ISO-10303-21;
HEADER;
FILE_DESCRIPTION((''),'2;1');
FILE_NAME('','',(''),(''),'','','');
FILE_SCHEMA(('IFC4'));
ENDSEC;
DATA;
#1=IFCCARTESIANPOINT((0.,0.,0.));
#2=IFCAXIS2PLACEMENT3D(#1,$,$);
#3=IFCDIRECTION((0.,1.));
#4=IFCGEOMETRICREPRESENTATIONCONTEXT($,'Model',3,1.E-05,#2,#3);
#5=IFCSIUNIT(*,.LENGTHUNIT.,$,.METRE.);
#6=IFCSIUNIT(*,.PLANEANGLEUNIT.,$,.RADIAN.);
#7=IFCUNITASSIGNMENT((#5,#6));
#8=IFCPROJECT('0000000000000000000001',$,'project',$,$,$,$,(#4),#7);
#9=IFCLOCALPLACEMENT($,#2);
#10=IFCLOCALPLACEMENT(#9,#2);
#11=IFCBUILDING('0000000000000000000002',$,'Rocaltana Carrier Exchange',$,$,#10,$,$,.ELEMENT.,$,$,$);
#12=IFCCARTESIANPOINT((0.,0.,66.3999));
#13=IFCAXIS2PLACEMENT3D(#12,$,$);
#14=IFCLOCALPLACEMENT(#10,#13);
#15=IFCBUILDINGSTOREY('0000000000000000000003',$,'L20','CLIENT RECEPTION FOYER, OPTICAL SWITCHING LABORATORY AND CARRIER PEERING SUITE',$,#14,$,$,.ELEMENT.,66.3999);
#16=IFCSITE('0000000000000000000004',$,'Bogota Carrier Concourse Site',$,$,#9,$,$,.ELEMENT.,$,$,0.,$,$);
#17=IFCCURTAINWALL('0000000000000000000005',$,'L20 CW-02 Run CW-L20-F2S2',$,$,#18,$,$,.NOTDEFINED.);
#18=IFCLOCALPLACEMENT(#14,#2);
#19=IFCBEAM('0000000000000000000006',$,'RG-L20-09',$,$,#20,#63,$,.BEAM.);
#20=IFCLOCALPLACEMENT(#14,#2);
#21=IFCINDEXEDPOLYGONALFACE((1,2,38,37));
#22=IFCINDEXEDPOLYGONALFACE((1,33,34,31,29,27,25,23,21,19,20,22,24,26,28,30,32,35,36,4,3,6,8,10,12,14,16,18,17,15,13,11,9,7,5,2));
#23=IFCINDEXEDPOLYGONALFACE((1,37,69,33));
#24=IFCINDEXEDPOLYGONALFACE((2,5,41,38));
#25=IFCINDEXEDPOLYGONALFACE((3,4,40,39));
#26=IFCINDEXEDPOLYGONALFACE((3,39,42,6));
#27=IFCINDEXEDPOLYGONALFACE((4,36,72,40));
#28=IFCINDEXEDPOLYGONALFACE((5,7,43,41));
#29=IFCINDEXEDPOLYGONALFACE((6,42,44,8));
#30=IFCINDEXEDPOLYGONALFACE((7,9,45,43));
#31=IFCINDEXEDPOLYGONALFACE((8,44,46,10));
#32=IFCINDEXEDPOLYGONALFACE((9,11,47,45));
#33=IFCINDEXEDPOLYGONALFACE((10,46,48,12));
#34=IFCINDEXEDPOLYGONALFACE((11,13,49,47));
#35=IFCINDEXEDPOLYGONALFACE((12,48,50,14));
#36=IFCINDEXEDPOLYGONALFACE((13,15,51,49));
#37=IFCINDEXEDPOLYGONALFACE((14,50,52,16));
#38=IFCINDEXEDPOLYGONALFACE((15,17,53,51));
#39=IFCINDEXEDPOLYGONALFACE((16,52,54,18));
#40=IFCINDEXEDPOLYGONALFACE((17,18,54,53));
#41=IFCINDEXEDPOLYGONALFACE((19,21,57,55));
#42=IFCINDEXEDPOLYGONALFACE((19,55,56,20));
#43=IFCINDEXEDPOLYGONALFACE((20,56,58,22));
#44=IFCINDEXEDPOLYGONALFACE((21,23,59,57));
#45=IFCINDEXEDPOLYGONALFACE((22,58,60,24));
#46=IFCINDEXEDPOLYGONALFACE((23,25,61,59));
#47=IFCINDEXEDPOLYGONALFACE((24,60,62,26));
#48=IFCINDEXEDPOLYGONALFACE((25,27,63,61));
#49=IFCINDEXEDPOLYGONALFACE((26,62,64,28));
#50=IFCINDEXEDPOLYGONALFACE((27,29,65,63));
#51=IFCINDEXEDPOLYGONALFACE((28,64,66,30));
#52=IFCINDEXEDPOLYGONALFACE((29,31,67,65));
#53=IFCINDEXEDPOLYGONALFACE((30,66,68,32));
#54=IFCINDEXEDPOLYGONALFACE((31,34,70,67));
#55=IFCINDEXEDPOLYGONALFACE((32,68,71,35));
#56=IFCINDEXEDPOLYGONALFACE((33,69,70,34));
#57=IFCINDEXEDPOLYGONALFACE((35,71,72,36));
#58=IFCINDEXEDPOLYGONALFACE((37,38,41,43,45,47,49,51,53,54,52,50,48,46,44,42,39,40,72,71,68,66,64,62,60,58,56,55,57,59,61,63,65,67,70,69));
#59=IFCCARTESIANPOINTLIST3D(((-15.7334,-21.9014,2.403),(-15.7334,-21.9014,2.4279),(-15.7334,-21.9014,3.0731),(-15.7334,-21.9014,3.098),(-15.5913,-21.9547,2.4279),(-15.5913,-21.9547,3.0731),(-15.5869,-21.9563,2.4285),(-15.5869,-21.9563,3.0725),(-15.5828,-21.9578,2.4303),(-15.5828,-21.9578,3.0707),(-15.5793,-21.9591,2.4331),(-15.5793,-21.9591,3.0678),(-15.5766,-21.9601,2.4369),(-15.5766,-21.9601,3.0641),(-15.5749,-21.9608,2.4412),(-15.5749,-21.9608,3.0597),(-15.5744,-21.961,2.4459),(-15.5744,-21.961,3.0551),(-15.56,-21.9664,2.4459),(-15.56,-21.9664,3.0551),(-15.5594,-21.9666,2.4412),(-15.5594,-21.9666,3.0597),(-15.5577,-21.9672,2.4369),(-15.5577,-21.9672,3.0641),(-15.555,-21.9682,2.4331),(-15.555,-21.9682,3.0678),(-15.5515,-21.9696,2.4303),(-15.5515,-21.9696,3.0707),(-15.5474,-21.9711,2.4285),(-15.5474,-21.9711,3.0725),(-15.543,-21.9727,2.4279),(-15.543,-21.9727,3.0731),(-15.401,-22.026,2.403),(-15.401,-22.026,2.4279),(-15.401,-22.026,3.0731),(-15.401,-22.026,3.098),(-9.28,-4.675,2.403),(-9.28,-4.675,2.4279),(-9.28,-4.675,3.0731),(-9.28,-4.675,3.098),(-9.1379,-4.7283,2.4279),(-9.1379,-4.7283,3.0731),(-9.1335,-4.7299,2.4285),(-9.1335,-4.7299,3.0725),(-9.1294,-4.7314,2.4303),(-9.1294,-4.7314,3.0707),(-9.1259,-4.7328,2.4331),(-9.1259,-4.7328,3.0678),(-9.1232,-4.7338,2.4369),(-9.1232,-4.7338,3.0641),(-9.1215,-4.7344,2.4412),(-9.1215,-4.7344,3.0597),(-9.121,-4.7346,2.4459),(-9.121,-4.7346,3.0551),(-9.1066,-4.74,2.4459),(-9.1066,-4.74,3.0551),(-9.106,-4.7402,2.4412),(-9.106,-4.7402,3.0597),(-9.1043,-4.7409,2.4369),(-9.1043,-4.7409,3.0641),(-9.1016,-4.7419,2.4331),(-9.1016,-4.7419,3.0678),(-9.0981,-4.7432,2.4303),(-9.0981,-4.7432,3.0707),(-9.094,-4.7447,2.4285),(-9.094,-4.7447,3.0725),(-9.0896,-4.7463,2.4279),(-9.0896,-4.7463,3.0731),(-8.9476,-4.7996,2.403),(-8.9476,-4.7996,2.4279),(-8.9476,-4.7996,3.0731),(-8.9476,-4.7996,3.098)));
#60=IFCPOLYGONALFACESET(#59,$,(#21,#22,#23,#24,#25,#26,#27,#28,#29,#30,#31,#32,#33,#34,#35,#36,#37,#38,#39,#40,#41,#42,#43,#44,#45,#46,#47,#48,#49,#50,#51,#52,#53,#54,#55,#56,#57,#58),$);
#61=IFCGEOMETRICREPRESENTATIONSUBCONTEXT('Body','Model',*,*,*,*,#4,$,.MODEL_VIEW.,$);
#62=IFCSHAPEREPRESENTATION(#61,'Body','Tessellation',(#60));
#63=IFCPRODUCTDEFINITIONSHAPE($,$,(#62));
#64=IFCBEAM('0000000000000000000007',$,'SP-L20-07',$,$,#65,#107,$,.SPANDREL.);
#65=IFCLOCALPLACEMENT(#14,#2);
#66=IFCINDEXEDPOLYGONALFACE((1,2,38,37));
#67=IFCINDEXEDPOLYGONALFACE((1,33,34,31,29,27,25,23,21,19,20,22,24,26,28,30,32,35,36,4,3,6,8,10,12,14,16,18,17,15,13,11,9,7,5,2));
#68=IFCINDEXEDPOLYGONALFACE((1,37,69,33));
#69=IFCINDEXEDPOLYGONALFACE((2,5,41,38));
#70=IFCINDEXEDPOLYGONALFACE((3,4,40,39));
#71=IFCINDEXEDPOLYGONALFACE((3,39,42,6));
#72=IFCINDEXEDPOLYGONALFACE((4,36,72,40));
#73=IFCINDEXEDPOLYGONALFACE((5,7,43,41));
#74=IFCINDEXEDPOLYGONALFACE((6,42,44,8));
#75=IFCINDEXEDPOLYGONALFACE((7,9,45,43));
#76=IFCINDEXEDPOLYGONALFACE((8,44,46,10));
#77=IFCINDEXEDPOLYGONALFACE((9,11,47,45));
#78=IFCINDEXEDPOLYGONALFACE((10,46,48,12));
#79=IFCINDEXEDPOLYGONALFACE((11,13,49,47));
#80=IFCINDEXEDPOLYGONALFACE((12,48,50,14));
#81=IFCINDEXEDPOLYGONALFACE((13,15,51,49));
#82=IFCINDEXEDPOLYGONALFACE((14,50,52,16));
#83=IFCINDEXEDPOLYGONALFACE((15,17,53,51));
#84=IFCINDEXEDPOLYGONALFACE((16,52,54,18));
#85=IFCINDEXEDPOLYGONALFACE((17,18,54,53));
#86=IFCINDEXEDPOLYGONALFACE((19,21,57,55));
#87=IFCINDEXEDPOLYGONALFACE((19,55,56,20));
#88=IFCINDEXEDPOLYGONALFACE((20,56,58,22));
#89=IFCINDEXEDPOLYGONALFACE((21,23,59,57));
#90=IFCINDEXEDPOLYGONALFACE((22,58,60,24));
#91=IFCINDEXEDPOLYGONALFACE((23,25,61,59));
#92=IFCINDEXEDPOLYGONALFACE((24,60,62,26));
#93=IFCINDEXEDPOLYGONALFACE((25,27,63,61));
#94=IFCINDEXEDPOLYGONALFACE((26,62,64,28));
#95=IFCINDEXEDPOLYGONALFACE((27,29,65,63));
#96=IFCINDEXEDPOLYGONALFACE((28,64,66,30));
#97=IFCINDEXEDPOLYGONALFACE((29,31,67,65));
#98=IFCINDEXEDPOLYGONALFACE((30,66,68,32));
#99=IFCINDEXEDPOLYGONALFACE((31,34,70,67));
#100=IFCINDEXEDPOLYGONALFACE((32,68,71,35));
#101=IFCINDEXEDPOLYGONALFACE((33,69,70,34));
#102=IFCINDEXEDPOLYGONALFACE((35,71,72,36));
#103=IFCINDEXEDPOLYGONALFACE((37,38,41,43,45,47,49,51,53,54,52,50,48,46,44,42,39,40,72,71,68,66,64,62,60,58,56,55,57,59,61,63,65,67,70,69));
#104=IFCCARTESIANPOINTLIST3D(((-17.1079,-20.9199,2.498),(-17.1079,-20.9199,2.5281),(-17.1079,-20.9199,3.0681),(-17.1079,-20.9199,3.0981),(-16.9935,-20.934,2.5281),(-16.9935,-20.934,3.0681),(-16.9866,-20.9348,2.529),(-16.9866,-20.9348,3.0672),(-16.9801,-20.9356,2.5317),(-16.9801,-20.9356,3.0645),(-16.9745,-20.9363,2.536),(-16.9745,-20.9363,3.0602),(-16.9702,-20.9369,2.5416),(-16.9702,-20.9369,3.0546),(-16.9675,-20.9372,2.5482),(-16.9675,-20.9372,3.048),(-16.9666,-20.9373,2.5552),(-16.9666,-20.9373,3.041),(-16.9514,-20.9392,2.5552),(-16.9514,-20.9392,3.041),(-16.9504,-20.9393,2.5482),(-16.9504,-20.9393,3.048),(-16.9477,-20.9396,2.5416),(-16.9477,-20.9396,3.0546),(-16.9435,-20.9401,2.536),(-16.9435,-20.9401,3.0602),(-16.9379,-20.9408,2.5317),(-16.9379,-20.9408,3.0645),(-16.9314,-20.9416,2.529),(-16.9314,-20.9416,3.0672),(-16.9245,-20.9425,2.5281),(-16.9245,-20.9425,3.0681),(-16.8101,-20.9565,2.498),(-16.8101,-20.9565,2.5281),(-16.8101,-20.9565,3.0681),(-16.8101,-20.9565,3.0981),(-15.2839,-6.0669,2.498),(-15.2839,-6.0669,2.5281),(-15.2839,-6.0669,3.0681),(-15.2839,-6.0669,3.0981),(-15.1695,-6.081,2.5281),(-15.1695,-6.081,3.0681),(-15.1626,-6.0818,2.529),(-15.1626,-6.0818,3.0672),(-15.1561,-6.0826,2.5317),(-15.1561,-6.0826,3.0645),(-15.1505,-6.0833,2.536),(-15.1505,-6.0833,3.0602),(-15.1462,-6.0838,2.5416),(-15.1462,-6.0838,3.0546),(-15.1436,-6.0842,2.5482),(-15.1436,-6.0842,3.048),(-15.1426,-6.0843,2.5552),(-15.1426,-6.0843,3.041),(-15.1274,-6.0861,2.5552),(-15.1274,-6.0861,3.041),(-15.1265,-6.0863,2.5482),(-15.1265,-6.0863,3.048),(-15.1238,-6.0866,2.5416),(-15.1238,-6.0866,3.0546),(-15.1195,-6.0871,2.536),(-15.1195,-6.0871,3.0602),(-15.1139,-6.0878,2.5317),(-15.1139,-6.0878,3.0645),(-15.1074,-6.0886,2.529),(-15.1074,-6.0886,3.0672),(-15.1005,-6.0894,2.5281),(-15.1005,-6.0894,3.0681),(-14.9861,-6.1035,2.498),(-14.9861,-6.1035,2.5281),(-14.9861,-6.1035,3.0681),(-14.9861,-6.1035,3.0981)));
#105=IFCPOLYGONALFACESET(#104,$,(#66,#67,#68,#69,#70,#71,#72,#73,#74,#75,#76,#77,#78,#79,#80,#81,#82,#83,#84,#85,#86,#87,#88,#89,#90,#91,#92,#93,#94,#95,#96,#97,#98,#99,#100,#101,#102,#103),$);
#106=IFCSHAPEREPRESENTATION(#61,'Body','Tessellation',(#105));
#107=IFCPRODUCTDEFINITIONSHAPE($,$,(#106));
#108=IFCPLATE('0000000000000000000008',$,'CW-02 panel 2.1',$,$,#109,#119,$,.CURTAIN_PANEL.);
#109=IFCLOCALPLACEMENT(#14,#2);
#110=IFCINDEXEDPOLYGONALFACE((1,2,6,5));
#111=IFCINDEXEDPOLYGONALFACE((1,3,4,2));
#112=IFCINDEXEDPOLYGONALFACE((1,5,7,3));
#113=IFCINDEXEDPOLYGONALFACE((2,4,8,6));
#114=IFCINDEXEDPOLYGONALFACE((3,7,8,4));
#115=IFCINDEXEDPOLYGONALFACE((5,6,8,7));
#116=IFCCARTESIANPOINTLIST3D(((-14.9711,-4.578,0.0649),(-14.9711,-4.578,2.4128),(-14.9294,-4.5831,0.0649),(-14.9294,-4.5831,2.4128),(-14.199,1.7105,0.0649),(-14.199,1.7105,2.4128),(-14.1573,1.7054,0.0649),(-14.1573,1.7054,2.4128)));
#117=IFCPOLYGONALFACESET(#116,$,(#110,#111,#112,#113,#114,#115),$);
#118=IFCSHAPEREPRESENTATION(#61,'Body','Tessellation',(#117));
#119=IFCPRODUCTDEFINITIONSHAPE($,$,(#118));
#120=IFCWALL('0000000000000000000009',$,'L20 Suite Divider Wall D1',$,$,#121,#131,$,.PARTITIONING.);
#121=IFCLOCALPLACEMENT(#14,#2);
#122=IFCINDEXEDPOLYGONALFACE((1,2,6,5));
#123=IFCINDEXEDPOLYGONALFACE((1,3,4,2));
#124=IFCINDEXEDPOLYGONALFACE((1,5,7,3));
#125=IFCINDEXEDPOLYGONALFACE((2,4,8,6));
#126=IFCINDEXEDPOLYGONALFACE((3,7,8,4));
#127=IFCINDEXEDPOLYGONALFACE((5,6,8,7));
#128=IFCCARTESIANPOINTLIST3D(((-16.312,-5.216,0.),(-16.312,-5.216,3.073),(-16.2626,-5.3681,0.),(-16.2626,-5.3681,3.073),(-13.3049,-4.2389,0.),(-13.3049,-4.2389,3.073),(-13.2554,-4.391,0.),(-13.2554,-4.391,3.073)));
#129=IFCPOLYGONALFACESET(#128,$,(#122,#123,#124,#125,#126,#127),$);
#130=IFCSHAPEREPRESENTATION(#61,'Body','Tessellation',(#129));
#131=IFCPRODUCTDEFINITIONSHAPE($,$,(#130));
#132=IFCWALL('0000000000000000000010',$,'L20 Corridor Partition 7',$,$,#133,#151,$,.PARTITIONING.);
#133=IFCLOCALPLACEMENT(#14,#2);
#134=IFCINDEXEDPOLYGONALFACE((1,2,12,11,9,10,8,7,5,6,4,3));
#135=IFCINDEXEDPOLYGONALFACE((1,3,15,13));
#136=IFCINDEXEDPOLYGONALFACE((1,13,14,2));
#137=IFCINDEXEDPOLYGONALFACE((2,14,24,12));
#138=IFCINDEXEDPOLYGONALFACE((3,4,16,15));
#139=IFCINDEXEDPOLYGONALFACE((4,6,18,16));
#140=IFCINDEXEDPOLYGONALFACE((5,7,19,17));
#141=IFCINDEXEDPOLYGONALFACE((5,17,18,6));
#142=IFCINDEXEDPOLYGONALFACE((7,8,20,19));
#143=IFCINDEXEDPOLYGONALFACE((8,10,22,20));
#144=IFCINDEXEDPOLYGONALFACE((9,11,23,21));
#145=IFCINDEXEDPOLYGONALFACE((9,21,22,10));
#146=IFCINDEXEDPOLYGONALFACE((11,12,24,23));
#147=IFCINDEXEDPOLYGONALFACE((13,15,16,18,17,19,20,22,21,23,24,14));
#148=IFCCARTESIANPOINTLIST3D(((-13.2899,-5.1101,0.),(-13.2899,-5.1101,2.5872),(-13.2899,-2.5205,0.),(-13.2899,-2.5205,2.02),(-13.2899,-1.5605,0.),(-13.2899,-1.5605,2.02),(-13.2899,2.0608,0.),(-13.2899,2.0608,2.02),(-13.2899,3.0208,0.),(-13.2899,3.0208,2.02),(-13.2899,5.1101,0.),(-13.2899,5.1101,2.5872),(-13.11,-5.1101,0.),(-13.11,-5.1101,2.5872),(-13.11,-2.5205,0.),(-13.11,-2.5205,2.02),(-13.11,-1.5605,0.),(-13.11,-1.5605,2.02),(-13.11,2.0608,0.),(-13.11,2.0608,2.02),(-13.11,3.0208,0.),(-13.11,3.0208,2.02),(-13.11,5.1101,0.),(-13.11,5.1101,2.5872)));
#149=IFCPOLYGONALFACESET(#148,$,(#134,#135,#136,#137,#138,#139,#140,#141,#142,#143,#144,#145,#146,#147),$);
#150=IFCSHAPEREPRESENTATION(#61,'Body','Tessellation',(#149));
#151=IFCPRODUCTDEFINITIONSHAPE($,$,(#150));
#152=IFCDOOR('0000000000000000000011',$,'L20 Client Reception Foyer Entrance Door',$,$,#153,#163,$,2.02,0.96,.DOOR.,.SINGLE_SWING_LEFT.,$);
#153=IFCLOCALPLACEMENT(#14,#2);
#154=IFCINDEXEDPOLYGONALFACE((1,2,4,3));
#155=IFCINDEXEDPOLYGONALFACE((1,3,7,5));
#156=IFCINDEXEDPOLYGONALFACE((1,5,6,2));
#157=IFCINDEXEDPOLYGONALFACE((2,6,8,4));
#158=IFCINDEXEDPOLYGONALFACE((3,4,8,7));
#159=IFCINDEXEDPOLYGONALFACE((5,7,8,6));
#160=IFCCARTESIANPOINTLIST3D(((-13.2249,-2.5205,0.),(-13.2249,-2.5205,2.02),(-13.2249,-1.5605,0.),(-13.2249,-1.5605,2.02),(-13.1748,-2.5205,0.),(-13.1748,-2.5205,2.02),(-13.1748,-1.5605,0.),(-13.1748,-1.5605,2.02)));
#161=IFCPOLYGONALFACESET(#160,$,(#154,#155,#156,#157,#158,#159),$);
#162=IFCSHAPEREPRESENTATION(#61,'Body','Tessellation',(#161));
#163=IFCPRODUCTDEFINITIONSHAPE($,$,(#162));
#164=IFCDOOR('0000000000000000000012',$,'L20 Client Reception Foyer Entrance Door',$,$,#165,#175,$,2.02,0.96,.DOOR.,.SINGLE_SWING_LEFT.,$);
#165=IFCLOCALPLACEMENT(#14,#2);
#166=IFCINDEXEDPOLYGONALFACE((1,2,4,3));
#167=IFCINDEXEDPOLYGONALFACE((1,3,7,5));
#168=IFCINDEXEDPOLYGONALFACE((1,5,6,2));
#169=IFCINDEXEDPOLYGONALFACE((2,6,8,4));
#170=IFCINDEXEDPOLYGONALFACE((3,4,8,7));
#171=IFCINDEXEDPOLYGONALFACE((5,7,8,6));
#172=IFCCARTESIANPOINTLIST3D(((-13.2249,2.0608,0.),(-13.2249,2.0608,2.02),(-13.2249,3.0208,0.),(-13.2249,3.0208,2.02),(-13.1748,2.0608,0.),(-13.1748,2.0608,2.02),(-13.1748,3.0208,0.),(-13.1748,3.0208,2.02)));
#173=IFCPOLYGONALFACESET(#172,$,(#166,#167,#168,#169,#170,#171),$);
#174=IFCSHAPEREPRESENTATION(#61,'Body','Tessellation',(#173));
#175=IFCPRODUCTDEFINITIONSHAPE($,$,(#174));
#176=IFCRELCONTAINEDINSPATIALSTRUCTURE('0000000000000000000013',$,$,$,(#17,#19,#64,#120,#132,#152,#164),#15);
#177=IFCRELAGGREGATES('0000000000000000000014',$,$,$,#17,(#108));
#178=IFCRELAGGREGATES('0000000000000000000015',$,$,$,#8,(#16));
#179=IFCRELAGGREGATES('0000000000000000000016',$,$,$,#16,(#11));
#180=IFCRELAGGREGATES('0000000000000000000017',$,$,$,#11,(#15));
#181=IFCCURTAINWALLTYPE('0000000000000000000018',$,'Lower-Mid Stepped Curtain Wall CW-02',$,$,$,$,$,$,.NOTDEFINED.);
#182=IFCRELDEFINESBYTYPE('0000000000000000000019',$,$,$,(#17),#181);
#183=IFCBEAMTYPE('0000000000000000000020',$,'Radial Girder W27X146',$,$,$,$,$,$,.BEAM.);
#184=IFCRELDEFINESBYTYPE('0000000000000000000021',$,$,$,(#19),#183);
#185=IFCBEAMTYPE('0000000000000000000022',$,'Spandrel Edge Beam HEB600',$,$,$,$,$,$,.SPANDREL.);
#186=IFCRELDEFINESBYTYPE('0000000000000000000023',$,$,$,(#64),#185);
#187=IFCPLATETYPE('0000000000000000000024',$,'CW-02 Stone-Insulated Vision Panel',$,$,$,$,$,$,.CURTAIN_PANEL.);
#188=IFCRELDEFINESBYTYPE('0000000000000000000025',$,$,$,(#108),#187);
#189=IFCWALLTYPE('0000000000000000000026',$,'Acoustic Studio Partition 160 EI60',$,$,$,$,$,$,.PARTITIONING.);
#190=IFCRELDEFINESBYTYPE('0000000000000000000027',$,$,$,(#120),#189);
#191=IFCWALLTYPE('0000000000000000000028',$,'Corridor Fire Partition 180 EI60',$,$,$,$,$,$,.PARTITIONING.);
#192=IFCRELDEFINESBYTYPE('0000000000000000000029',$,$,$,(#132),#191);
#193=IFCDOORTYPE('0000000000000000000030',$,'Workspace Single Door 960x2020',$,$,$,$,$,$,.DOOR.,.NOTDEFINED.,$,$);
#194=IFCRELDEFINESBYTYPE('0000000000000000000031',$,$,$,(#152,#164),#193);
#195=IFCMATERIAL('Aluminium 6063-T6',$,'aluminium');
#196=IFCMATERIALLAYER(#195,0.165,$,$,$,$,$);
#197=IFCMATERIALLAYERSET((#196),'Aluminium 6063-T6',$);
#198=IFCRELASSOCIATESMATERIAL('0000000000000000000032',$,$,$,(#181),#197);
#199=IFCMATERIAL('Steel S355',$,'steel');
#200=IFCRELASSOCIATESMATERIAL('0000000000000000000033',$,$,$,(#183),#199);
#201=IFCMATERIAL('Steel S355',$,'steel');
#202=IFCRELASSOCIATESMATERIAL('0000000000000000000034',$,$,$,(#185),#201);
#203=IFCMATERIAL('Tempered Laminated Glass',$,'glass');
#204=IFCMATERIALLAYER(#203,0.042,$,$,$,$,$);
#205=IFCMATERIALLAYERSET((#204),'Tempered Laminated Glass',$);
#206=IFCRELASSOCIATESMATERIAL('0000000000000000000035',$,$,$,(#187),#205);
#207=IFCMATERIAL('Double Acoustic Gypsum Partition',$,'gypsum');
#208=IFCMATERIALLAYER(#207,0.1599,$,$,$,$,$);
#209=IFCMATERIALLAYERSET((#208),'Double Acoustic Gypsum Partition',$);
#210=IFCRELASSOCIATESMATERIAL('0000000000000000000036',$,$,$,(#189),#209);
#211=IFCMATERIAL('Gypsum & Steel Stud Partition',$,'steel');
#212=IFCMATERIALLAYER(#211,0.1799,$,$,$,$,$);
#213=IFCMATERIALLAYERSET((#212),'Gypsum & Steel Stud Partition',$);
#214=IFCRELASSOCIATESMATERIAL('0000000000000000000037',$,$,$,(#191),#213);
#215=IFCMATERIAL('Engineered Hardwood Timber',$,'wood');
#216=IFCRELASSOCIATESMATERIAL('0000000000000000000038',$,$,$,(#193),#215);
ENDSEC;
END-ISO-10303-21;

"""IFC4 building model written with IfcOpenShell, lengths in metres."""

from ifc_helpers import new_model, si_unit, direction, frame, frame_2d, origin, origin_2d, place, context, subcontext, project, spatial, rectangle, i_section, extrude, material, layer, layer_set, material_profile, profile_set, type_object, element, fill, aggregate, save


model = new_model("IFC4")

# Units and contexts
model_context = context("Model", 3, precision=1e-05, world=origin(), true_north=direction((0.0, 1.0)))
body_context = subcontext(model_context, "Body", "Model", "MODEL_VIEW")
ifc_project = project(units=[si_unit("LENGTHUNIT", "METRE"), si_unit("PLANEANGLEUNIT", "RADIAN")], contexts=[model_context])

# Site, building, storey
site_placement = place(None, origin())
site = spatial("IfcSite", under=ifc_project, at=site_placement, Name="Bogota Carrier Concourse Site", CompositionType="ELEMENT", RefElevation=0.0)
building_placement = place(site_placement, origin())
building = spatial("IfcBuilding", under=site, at=building_placement, Name="Rocaltana Carrier Exchange", CompositionType="ELEMENT")
storey_placement = place(building_placement, frame((0.0, 0.0, 66.3999)))
storey = spatial("IfcBuildingStorey", under=building, at=storey_placement, Name="L20", Description="CLIENT RECEPTION FOYER, OPTICAL SWITCHING LABORATORY AND CARRIER PEERING SUITE", CompositionType="ELEMENT", Elevation=66.3999)

# Curtain wall
ifc_material_1 = material(Name="Aluminium 6063-T6", Category="aluminium")
ifc_layer_1 = layer(ifc_material_1, 0.165)
ifc_layer_set_1 = layer_set([ifc_layer_1], Name="Aluminium 6063-T6")
curtain_wall_type = type_object("IfcCurtainWallType", Name="Lower-Mid Stepped Curtain Wall CW-02", PredefinedType="NOTDEFINED", material=ifc_layer_set_1)
curtain_wall_1_placement = place(storey_placement, origin())
curtain_wall_1 = element("IfcCurtainWall", 1, at=curtain_wall_1_placement, inside=storey, type_object=curtain_wall_type, Name="L20 CW-02 Run CW-L20-F2S2", PredefinedType="NOTDEFINED")

# Beams
ifc_material_2 = material(Name="Steel S355", Category="steel")
ifc_material_profile_1 = material_profile(ifc_material_2, i_section(OverallWidth=0.355, OverallDepth=0.6951, WebThickness=0.0154, FlangeThickness=0.0249, FilletRadius=0.0181, at=origin_2d()), Name="W27X146")
ifc_profile_set_1 = profile_set([ifc_material_profile_1], Name="Steel S355")
beam_type_1 = type_object("IfcBeamType", Name="Radial Girder W27X146", PredefinedType="BEAM", material=ifc_profile_set_1)
beam_1_placement = place(storey_placement, frame((-9.1138, -4.7373, 2.7505), z_axis=(-0.350814, -0.936445, 0.0), x_axis=(0.936445, -0.350814, 0.0)))
element("IfcBeam", 2, at=beam_1_placement, inside=storey, type_object=beam_type_1, Name="RG-L20-09", PredefinedType="BEAM", context=body_context, shape_type="SweptSolid", body=[
    extrude(i_section(OverallWidth=0.355, OverallDepth=0.6951, WebThickness=0.0154, FlangeThickness=0.0249, FilletRadius=0.0181, at=origin_2d()), origin(), (0.0, 0.0, 1.0), 18.3955),
])
ifc_material_3 = material(Name="Steel S355", Category="steel")
ifc_material_profile_2 = material_profile(ifc_material_3, i_section(OverallWidth=0.3, OverallDepth=0.6001, WebThickness=0.0154, FlangeThickness=0.03, FilletRadius=0.0271, at=origin_2d()), Name="HEB600")
ifc_profile_set_2 = profile_set([ifc_material_profile_2], Name="Steel S355")
beam_type_2 = type_object("IfcBeamType", Name="Spandrel Edge Beam HEB600", PredefinedType="SPANDREL", material=ifc_profile_set_2)
beam_2_placement = place(storey_placement, frame((-15.135, -6.0852, 2.7981), z_axis=(-0.121886, -0.992544, 0.0), x_axis=(0.992544, -0.121886, 0.0)))
element("IfcBeam", 3, at=beam_2_placement, inside=storey, type_object=beam_type_2, Name="SP-L20-07", PredefinedType="SPANDREL", context=body_context, shape_type="SweptSolid", body=[
    extrude(i_section(OverallWidth=0.3, OverallDepth=0.6001, WebThickness=0.0154, FlangeThickness=0.03, FilletRadius=0.0271, at=origin_2d()), origin(), (0.0, 0.0, 1.0), 14.9646),
])

# Plate
ifc_material_4 = material(Name="Tempered Laminated Glass", Category="glass")
ifc_layer_2 = layer(ifc_material_4, 0.042)
ifc_layer_set_2 = layer_set([ifc_layer_2], Name="Tempered Laminated Glass")
plate_type = type_object("IfcPlateType", Name="CW-02 Stone-Insulated Vision Panel", PredefinedType="CURTAIN_PANEL", material=ifc_layer_set_2)
plate_placement = place(storey_placement, frame((-14.5642, -1.4363, 0.0649), z_axis=(0.0, 0.0, 1.0), x_axis=(-0.121874, -0.992546, 0.0)))
plate = element("IfcPlate", 4, at=plate_placement, type_object=plate_type, Name="CW-02 panel 2.1", PredefinedType="CURTAIN_PANEL", context=body_context, shape_type="SweptSolid", body=[
    extrude(rectangle(XDim=6.3357, YDim=0.042, at=origin_2d()), origin(), (0.0, 0.0, 1.0), 2.3479),
])
aggregate(curtain_wall_1, [plate])

# Wall
ifc_material_5 = material(Name="Double Acoustic Gypsum Partition", Category="gypsum")
ifc_layer_3 = layer(ifc_material_5, 0.1599)
ifc_layer_set_3 = layer_set([ifc_layer_3], Name="Double Acoustic Gypsum Partition")
wall_type_1 = type_object("IfcWallType", Name="Acoustic Studio Partition 160 EI60", PredefinedType="PARTITIONING", material=ifc_layer_set_3)
wall_1_placement = place(storey_placement, frame((-13.28, -4.3149, 0.0), z_axis=(0.0, 0.0, 1.0), x_axis=(-0.951057, -0.309014, 0.0)))
element("IfcWall", 5, at=wall_1_placement, inside=storey, type_object=wall_type_1, Name="L20 Suite Divider Wall D1", PredefinedType="PARTITIONING", context=body_context, shape_type="SweptSolid", body=[
    extrude(rectangle(XDim=3.1619, YDim=0.1599, at=frame_2d((1.5811, 0.0))), origin(), (0.0, 0.0, 1.0), 3.073),
])

# Wall, openings, doors
ifc_material_6 = material(Name="Gypsum & Steel Stud Partition", Category="steel")
ifc_layer_4 = layer(ifc_material_6, 0.1799)
ifc_layer_set_4 = layer_set([ifc_layer_4], Name="Gypsum & Steel Stud Partition")
wall_type_2 = type_object("IfcWallType", Name="Corridor Fire Partition 180 EI60", PredefinedType="PARTITIONING", material=ifc_layer_set_4)
wall_2_placement = place(storey_placement, frame((-13.2, -5.1101, 0.0), z_axis=(0.0, 0.0, 1.0), x_axis=(0.0, 1.0, 0.0)))
wall_2 = element("IfcWall", 6, at=wall_2_placement, inside=storey, type_object=wall_type_2, Name="L20 Corridor Partition 7", PredefinedType="PARTITIONING", context=body_context, shape_type="SweptSolid", body=[
    extrude(rectangle(XDim=10.2202, YDim=0.1799, at=frame_2d((5.1101, 0.0))), origin(), (0.0, 0.0, 1.0), 2.5872),
])
opening_1_placement = place(wall_2_placement, frame((2.5896, 0.0, 0.0)))
opening_1 = element("IfcOpeningElement", 7, at=opening_1_placement, cuts=wall_2, PredefinedType="OPENING", context=body_context, shape_type="SweptSolid", body=[
    extrude(rectangle(XDim=0.96, YDim=2.02, at=frame_2d((0.48, 1.01))), frame((0.0, 0.0999, 0.0), z_axis=(0.0, -1.0, 0.0), x_axis=(1.0, 0.0, 0.0)), (0.0, 0.0, 1.0), 0.2),
])
opening_2_placement = place(wall_2_placement, frame((7.1709, 0.0, 0.0)))
opening_2 = element("IfcOpeningElement", 8, at=opening_2_placement, cuts=wall_2, PredefinedType="OPENING", context=body_context, shape_type="SweptSolid", body=[
    extrude(rectangle(XDim=0.96, YDim=2.02, at=frame_2d((0.48, 1.01))), frame((0.0, 0.0999, 0.0), z_axis=(0.0, -1.0, 0.0), x_axis=(1.0, 0.0, 0.0)), (0.0, 0.0, 1.0), 0.2),
])
ifc_material_7 = material(Name="Engineered Hardwood Timber", Category="wood")
door_type = type_object("IfcDoorType", Name="Workspace Single Door 960x2020", OperationType="NOTDEFINED", PredefinedType="DOOR", material=ifc_material_7)
door_1_placement = place(opening_1_placement, origin())
door_1 = element("IfcDoor", 9, at=door_1_placement, inside=storey, type_object=door_type, Name="L20 Client Reception Foyer Entrance Door", OperationType="SINGLE_SWING_LEFT", OverallHeight=2.02, OverallWidth=0.96, PredefinedType="DOOR", context=body_context, shape_type="SweptSolid", body=[
    extrude(rectangle(XDim=0.96, YDim=2.02, at=frame_2d((0.48, 1.01))), frame((0.0, 0.0249, 0.0), z_axis=(0.0, -1.0, 0.0), x_axis=(1.0, 0.0, 0.0)), (0.0, 0.0, 1.0), 0.05),
])
fill(opening_1, door_1)
door_2_placement = place(opening_2_placement, origin())
door_2 = element("IfcDoor", 10, at=door_2_placement, inside=storey, type_object=door_type, Name="L20 Client Reception Foyer Entrance Door", OperationType="SINGLE_SWING_LEFT", OverallHeight=2.02, OverallWidth=0.96, PredefinedType="DOOR", context=body_context, shape_type="SweptSolid", body=[
    extrude(rectangle(XDim=0.96, YDim=2.02, at=frame_2d((0.48, 1.01))), frame((0.0, 0.0249, 0.0), z_axis=(0.0, -1.0, 0.0), x_axis=(1.0, 0.0, 0.0)), (0.0, 0.0, 1.0), 0.05),
])
fill(opening_2, door_2)

save(model, "model.ifc")
